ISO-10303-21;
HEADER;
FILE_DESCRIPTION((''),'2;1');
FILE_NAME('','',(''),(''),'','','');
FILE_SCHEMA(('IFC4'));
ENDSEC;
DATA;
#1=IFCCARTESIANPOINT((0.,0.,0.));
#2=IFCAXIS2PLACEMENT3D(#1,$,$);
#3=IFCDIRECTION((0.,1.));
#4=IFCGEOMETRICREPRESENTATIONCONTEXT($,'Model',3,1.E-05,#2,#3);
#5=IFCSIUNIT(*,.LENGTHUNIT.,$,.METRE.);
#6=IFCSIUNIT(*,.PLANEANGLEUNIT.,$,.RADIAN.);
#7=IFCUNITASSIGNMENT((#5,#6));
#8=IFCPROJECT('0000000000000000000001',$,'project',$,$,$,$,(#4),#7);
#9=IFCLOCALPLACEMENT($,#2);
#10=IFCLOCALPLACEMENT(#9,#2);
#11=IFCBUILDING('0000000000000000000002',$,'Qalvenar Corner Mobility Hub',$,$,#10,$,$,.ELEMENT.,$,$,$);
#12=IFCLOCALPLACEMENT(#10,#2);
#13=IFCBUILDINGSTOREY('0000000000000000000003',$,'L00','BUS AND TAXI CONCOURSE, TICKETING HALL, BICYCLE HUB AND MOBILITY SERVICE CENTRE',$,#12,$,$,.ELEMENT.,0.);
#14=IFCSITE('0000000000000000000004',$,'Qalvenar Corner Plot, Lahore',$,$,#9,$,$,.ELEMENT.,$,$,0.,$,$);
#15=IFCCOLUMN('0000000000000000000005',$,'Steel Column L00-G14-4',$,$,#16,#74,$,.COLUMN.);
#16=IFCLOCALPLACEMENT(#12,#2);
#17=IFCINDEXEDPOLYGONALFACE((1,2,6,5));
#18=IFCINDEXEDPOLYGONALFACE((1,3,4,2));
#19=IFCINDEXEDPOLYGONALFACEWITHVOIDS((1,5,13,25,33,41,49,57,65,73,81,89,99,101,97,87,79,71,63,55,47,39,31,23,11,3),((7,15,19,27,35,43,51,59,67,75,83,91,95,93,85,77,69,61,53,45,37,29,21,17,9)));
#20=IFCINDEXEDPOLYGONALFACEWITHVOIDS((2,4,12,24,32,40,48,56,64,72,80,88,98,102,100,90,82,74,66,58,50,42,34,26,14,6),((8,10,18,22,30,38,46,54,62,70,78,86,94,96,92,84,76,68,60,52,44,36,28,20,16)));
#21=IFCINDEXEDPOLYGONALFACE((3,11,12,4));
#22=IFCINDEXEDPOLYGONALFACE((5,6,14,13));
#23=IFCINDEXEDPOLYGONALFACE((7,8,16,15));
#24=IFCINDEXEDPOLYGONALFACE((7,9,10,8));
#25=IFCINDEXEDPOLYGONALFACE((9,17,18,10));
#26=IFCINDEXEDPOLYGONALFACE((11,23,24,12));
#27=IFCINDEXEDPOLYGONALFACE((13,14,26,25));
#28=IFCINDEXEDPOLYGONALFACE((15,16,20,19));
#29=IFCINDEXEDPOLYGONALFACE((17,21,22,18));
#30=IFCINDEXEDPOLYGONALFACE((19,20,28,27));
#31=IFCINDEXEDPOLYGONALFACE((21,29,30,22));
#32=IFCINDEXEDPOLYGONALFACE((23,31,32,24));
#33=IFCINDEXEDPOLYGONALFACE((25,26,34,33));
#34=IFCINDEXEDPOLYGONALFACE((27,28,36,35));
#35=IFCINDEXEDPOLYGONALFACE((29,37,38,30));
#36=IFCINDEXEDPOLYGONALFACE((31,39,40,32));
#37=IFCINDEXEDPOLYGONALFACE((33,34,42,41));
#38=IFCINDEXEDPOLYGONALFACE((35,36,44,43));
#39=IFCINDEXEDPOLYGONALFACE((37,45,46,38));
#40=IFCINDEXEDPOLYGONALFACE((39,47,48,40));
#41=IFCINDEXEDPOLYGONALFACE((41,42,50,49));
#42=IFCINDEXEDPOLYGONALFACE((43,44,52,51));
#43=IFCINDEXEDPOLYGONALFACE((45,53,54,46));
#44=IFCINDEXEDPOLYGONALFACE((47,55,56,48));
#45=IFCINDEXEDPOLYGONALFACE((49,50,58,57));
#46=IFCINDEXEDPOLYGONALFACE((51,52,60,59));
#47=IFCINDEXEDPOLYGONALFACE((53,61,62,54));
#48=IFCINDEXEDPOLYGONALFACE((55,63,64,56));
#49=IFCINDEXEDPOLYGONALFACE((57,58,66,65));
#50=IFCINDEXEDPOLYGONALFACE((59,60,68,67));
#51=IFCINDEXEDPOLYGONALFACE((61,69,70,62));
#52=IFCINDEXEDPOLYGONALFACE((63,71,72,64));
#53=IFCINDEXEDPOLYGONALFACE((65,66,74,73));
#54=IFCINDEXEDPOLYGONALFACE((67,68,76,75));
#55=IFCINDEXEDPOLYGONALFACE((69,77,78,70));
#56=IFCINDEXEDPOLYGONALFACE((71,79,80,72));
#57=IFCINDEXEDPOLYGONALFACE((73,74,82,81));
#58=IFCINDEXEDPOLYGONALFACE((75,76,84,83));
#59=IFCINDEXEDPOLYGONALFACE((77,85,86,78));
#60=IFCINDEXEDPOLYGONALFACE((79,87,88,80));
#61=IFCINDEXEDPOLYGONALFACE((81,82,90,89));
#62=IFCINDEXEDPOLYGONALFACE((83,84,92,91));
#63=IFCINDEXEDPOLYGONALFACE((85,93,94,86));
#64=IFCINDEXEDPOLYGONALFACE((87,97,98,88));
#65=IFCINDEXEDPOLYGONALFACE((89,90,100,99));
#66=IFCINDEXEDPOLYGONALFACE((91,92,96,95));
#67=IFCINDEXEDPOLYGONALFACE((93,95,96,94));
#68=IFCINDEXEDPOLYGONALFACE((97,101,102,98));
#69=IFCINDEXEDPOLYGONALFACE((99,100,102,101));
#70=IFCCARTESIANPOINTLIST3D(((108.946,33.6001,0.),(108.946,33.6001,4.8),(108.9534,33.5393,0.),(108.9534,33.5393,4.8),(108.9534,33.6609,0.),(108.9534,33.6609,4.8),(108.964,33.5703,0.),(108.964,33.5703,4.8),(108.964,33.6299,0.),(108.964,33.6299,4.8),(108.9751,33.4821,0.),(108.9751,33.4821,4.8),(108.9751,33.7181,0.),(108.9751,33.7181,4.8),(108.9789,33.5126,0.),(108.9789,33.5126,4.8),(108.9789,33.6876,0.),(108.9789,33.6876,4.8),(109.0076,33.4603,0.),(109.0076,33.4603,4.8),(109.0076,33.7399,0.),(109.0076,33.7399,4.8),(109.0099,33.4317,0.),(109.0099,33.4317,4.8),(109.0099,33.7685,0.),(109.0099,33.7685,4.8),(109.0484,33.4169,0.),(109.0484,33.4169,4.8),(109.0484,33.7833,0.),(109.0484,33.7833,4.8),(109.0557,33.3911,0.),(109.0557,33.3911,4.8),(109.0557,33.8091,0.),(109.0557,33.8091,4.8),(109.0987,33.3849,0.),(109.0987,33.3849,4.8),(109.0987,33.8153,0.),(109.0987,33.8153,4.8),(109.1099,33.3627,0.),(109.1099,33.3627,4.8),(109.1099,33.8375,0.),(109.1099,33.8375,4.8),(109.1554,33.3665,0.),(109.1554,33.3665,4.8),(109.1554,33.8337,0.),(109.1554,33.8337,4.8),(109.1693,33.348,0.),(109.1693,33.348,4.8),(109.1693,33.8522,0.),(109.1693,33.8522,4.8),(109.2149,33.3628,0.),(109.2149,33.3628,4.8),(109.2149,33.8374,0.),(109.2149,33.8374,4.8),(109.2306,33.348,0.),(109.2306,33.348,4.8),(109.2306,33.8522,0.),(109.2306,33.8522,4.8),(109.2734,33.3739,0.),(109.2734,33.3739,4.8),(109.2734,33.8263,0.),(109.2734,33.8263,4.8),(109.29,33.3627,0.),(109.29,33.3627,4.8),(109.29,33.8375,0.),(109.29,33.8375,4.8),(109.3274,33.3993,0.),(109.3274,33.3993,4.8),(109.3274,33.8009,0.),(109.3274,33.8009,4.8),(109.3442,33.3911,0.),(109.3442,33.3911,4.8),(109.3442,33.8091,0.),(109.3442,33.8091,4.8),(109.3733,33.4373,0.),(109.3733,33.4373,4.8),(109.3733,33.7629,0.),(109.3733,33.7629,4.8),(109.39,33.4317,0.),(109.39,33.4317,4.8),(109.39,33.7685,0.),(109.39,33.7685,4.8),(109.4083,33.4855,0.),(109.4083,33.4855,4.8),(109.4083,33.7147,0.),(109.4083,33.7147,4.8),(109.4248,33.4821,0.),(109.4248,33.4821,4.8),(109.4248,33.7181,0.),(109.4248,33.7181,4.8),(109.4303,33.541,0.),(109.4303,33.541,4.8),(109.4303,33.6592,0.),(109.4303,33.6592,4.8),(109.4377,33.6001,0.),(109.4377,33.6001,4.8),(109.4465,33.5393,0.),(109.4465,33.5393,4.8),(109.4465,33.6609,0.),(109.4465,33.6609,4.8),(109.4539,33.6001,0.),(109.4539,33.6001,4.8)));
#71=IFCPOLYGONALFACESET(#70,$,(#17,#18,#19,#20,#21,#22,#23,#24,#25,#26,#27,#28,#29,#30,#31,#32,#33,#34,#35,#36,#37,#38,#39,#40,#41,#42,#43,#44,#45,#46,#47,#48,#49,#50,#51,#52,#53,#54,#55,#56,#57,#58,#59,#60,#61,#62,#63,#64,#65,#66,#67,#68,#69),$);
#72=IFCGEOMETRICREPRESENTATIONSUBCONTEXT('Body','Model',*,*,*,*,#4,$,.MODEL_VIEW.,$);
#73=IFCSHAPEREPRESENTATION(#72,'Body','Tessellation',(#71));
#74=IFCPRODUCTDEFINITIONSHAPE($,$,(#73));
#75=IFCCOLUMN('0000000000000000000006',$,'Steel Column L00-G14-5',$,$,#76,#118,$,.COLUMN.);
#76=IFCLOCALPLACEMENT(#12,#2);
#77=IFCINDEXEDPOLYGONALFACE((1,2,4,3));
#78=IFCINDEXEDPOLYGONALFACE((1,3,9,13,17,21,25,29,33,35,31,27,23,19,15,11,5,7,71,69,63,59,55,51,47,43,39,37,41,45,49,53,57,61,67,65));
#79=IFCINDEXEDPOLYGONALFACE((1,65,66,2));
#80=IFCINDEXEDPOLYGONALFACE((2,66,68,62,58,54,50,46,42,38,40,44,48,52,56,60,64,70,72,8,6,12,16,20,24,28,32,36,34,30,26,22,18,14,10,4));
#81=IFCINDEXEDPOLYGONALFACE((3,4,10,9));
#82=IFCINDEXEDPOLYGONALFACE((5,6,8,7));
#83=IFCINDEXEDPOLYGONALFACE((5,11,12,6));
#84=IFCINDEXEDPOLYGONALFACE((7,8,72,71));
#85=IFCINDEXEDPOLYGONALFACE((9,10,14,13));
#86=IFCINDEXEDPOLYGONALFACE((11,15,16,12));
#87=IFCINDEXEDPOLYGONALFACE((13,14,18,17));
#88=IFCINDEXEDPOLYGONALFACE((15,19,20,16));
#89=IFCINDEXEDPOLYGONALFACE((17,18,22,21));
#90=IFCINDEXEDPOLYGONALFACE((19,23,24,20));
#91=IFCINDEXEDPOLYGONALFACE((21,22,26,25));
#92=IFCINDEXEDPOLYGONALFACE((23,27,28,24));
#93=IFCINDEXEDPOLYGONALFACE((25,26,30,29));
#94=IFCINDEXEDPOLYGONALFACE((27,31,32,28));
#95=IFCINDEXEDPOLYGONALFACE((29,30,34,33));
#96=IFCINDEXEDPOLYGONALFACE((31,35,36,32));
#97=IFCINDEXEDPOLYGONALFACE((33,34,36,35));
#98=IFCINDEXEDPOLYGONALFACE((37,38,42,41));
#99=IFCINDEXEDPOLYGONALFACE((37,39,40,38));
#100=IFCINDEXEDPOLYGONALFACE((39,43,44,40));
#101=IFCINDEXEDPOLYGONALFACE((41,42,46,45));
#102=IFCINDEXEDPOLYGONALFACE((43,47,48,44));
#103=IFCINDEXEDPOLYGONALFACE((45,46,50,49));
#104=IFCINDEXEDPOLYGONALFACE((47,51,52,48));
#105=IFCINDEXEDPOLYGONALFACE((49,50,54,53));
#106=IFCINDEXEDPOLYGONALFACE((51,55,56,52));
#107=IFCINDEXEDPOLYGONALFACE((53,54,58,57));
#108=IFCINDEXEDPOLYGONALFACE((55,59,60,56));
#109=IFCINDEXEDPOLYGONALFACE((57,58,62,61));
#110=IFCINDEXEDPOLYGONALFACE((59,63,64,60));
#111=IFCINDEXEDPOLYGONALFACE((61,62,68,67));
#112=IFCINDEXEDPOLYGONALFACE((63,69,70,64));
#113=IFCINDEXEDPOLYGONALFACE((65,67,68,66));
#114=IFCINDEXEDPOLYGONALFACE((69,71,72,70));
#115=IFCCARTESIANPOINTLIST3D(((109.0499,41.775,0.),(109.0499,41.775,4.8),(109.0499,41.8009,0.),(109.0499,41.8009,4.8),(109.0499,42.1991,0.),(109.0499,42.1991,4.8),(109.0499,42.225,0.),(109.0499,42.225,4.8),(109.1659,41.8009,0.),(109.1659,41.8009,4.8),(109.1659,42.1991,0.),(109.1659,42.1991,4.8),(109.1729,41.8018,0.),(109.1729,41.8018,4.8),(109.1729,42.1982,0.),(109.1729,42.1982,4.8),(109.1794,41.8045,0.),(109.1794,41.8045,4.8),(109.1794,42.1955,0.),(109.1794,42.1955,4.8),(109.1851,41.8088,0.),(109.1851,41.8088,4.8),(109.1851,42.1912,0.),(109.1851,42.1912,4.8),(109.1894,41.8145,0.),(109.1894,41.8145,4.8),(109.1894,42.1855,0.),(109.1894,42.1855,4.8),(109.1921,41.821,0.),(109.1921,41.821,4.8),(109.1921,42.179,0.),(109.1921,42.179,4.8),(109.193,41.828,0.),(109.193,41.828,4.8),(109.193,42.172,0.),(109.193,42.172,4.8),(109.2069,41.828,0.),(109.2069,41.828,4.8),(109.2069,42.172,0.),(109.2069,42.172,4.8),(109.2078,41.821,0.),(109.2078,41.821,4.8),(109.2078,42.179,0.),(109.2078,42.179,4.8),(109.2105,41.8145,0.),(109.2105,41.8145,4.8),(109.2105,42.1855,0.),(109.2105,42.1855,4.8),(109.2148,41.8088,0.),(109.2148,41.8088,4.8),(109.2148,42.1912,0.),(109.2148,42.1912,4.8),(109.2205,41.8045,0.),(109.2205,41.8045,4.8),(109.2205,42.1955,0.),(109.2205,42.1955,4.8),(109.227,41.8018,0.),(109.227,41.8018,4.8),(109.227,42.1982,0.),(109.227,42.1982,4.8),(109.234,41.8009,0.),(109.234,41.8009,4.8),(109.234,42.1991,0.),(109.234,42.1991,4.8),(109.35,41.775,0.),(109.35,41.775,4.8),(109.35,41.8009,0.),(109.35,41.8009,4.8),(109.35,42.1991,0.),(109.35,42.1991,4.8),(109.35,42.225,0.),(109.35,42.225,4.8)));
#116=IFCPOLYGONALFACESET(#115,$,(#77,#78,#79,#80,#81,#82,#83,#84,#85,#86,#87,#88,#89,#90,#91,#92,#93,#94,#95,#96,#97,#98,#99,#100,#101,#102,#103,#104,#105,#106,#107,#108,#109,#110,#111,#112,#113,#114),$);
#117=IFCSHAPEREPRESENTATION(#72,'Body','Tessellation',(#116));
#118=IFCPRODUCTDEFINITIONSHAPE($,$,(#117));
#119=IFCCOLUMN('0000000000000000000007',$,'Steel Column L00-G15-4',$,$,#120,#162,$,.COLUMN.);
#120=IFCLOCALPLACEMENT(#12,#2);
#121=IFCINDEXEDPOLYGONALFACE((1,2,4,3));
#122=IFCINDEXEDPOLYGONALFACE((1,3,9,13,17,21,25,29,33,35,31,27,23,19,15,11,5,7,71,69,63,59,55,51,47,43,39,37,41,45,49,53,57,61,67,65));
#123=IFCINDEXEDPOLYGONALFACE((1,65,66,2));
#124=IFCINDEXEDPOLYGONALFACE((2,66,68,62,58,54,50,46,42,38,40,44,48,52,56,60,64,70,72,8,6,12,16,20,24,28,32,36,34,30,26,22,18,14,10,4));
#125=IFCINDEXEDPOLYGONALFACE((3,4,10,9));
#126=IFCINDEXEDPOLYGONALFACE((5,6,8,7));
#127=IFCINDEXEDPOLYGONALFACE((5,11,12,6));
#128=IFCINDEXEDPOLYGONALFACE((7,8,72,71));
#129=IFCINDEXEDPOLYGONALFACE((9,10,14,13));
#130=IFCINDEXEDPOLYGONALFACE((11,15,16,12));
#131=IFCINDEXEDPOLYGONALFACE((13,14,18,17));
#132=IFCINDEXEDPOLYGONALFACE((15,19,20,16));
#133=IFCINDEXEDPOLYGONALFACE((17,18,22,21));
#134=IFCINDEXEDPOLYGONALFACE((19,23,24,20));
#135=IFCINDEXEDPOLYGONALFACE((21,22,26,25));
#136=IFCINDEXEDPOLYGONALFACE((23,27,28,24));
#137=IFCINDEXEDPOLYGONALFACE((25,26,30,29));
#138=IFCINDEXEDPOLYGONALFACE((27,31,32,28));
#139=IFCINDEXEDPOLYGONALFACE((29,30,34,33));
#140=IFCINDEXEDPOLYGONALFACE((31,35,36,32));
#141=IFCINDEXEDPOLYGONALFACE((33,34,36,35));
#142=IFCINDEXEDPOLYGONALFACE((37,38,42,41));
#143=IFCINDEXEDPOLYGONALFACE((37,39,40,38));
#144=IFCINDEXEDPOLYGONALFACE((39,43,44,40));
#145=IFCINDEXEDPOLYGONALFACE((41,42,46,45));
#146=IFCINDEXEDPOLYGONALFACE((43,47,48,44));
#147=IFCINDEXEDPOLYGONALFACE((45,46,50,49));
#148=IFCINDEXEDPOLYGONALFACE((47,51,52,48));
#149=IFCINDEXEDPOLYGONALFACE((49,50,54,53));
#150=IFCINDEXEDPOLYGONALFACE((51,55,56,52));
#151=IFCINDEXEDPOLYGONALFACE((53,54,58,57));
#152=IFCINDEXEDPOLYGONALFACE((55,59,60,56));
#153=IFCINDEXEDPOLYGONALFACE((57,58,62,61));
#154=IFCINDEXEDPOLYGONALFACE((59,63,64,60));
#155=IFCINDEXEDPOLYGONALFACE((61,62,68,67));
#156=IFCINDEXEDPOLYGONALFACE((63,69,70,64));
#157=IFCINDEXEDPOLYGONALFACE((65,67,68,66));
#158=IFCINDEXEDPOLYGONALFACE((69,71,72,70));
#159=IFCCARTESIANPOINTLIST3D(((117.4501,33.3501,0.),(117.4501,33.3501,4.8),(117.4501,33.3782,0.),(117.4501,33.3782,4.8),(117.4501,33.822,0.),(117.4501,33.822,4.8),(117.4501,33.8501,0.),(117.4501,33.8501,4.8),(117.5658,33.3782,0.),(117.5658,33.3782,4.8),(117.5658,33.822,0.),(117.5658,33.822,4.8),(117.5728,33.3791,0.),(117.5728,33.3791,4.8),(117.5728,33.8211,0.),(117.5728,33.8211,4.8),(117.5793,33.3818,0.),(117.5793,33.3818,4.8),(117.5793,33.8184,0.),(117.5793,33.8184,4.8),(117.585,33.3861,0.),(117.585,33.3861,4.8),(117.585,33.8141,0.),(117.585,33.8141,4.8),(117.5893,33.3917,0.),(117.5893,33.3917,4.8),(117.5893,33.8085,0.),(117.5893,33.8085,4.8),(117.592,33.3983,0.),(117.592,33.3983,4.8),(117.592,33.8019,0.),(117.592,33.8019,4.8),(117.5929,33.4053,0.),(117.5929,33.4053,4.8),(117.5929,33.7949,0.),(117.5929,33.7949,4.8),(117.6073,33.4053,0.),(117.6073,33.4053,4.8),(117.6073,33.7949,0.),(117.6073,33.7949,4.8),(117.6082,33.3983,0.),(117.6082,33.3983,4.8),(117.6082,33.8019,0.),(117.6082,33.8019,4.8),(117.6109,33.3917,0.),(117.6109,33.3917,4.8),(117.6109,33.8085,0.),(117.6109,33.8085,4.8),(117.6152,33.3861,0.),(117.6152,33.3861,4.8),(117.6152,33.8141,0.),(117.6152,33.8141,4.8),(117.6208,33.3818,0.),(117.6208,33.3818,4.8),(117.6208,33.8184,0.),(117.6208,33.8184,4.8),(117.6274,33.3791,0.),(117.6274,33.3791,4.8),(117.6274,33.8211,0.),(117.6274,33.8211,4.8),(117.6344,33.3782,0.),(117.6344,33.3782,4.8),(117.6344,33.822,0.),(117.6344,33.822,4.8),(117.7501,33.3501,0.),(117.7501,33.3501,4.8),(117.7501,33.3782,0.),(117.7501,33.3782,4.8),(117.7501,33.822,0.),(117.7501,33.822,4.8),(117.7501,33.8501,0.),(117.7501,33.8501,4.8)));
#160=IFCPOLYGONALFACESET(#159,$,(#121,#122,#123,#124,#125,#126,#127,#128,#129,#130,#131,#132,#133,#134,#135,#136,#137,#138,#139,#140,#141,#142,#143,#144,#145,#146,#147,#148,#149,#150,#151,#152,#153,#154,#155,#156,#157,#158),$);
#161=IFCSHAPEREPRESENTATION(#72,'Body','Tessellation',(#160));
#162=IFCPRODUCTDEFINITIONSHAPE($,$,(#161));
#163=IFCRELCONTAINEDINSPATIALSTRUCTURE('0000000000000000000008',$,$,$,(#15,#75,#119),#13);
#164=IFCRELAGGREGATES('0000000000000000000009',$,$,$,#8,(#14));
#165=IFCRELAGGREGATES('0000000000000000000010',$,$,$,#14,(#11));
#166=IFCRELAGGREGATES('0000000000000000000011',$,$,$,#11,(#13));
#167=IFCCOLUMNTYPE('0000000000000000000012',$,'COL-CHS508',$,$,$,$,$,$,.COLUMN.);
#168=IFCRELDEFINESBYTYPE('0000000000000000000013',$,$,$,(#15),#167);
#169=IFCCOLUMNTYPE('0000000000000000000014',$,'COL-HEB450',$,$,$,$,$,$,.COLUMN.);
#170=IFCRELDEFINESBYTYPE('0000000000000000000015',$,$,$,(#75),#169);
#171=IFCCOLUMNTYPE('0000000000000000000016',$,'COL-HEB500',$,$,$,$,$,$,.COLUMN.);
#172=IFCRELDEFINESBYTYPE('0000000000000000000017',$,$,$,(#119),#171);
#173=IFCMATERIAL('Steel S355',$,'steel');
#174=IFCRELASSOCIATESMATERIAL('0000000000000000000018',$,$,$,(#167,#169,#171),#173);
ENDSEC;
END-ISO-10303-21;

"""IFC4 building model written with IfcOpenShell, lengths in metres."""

from ifc_helpers import new_model, si_unit, direction, frame, origin, origin_2d, place, context, subcontext, project, spatial, hollow_circle, i_section, extrude, material, material_profile, profile_set, type_object, element, save


model = new_model("IFC4")

# Units and contexts
model_context = context("Model", 3, precision=1e-05, world=origin(), true_north=direction((0.0, 1.0)))
body_context = subcontext(model_context, "Body", "Model", "MODEL_VIEW")
ifc_project = project(units=[si_unit("LENGTHUNIT", "METRE"), si_unit("PLANEANGLEUNIT", "RADIAN")], contexts=[model_context])

# Site, building, storey
site_placement = place(None, origin())
site = spatial("IfcSite", under=ifc_project, at=site_placement, Name="Qalvenar Corner Plot, Lahore", CompositionType="ELEMENT", RefElevation=0.0)
building_placement = place(site_placement, origin())
building = spatial("IfcBuilding", under=site, at=building_placement, Name="Qalvenar Corner Mobility Hub", CompositionType="ELEMENT")
storey_placement = place(building_placement, origin())
storey = spatial("IfcBuildingStorey", under=building, at=storey_placement, Name="L00", Description="BUS AND TAXI CONCOURSE, TICKETING HALL, BICYCLE HUB AND MOBILITY SERVICE CENTRE", CompositionType="ELEMENT", Elevation=0.0)

# Columns
ifc_material_1 = material(Name="Steel S355", Category="steel")
ifc_material_profile_1 = material_profile(ifc_material_1, hollow_circle(Radius=0.2539, WallThickness=0.0161, at=origin_2d()), Name="CHS508x16")
ifc_profile_set_1 = profile_set([ifc_material_profile_1], Name="Steel S355")
column_type_1 = type_object("IfcColumnType", Name="COL-CHS508", PredefinedType="COLUMN", material=ifc_profile_set_1)
column_1_placement = place(storey_placement, frame((109.2, 33.6001, 0.0), z_axis=(0.0, 0.0, 1.0), x_axis=(1.0, 0.0, 0.0)))
element("IfcColumn", 1, at=column_1_placement, inside=storey, type_object=column_type_1, Name="Steel Column L00-G14-4", PredefinedType="COLUMN", context=body_context, shape_type="SweptSolid", body=[
    extrude(hollow_circle(Radius=0.2539, WallThickness=0.0161, at=origin_2d()), origin(), (0.0, 0.0, 1.0), 4.8),
])
ifc_material_profile_2 = material_profile(ifc_material_1, i_section(OverallWidth=0.3, OverallDepth=0.45, WebThickness=0.0139, FlangeThickness=0.0259, FilletRadius=0.0271, at=origin_2d()), Name="HEB450")
ifc_profile_set_2 = profile_set([ifc_material_profile_2], Name="Steel S355")
column_type_2 = type_object("IfcColumnType", Name="COL-HEB450", PredefinedType="COLUMN", material=ifc_profile_set_2)
column_2_placement = place(storey_placement, frame((109.2, 42.0, 0.0), z_axis=(0.0, 0.0, 1.0), x_axis=(1.0, 0.0, 0.0)))
element("IfcColumn", 2, at=column_2_placement, inside=storey, type_object=column_type_2, Name="Steel Column L00-G14-5", PredefinedType="COLUMN", context=body_context, shape_type="SweptSolid", body=[
    extrude(i_section(OverallWidth=0.3, OverallDepth=0.45, WebThickness=0.0139, FlangeThickness=0.0259, FilletRadius=0.0271, at=origin_2d()), origin(), (0.0, 0.0, 1.0), 4.8),
])
ifc_material_profile_3 = material_profile(ifc_material_1, i_section(OverallWidth=0.3, OverallDepth=0.5, WebThickness=0.0144, FlangeThickness=0.0281, FilletRadius=0.0271, at=origin_2d()), Name="HEB500")
ifc_profile_set_3 = profile_set([ifc_material_profile_3], Name="Steel S355")
column_type_3 = type_object("IfcColumnType", Name="COL-HEB500", PredefinedType="COLUMN", material=ifc_profile_set_3)
column_3_placement = place(storey_placement, frame((117.6001, 33.6001, 0.0), z_axis=(0.0, 0.0, 1.0), x_axis=(1.0, 0.0, 0.0)))
element("IfcColumn", 3, at=column_3_placement, inside=storey, type_object=column_type_3, Name="Steel Column L00-G15-4", PredefinedType="COLUMN", context=body_context, shape_type="SweptSolid", body=[
    extrude(i_section(OverallWidth=0.3, OverallDepth=0.5, WebThickness=0.0144, FlangeThickness=0.0281, FilletRadius=0.0271, at=origin_2d()), origin(), (0.0, 0.0, 1.0), 4.8),
])

save(model, "model.ifc")
